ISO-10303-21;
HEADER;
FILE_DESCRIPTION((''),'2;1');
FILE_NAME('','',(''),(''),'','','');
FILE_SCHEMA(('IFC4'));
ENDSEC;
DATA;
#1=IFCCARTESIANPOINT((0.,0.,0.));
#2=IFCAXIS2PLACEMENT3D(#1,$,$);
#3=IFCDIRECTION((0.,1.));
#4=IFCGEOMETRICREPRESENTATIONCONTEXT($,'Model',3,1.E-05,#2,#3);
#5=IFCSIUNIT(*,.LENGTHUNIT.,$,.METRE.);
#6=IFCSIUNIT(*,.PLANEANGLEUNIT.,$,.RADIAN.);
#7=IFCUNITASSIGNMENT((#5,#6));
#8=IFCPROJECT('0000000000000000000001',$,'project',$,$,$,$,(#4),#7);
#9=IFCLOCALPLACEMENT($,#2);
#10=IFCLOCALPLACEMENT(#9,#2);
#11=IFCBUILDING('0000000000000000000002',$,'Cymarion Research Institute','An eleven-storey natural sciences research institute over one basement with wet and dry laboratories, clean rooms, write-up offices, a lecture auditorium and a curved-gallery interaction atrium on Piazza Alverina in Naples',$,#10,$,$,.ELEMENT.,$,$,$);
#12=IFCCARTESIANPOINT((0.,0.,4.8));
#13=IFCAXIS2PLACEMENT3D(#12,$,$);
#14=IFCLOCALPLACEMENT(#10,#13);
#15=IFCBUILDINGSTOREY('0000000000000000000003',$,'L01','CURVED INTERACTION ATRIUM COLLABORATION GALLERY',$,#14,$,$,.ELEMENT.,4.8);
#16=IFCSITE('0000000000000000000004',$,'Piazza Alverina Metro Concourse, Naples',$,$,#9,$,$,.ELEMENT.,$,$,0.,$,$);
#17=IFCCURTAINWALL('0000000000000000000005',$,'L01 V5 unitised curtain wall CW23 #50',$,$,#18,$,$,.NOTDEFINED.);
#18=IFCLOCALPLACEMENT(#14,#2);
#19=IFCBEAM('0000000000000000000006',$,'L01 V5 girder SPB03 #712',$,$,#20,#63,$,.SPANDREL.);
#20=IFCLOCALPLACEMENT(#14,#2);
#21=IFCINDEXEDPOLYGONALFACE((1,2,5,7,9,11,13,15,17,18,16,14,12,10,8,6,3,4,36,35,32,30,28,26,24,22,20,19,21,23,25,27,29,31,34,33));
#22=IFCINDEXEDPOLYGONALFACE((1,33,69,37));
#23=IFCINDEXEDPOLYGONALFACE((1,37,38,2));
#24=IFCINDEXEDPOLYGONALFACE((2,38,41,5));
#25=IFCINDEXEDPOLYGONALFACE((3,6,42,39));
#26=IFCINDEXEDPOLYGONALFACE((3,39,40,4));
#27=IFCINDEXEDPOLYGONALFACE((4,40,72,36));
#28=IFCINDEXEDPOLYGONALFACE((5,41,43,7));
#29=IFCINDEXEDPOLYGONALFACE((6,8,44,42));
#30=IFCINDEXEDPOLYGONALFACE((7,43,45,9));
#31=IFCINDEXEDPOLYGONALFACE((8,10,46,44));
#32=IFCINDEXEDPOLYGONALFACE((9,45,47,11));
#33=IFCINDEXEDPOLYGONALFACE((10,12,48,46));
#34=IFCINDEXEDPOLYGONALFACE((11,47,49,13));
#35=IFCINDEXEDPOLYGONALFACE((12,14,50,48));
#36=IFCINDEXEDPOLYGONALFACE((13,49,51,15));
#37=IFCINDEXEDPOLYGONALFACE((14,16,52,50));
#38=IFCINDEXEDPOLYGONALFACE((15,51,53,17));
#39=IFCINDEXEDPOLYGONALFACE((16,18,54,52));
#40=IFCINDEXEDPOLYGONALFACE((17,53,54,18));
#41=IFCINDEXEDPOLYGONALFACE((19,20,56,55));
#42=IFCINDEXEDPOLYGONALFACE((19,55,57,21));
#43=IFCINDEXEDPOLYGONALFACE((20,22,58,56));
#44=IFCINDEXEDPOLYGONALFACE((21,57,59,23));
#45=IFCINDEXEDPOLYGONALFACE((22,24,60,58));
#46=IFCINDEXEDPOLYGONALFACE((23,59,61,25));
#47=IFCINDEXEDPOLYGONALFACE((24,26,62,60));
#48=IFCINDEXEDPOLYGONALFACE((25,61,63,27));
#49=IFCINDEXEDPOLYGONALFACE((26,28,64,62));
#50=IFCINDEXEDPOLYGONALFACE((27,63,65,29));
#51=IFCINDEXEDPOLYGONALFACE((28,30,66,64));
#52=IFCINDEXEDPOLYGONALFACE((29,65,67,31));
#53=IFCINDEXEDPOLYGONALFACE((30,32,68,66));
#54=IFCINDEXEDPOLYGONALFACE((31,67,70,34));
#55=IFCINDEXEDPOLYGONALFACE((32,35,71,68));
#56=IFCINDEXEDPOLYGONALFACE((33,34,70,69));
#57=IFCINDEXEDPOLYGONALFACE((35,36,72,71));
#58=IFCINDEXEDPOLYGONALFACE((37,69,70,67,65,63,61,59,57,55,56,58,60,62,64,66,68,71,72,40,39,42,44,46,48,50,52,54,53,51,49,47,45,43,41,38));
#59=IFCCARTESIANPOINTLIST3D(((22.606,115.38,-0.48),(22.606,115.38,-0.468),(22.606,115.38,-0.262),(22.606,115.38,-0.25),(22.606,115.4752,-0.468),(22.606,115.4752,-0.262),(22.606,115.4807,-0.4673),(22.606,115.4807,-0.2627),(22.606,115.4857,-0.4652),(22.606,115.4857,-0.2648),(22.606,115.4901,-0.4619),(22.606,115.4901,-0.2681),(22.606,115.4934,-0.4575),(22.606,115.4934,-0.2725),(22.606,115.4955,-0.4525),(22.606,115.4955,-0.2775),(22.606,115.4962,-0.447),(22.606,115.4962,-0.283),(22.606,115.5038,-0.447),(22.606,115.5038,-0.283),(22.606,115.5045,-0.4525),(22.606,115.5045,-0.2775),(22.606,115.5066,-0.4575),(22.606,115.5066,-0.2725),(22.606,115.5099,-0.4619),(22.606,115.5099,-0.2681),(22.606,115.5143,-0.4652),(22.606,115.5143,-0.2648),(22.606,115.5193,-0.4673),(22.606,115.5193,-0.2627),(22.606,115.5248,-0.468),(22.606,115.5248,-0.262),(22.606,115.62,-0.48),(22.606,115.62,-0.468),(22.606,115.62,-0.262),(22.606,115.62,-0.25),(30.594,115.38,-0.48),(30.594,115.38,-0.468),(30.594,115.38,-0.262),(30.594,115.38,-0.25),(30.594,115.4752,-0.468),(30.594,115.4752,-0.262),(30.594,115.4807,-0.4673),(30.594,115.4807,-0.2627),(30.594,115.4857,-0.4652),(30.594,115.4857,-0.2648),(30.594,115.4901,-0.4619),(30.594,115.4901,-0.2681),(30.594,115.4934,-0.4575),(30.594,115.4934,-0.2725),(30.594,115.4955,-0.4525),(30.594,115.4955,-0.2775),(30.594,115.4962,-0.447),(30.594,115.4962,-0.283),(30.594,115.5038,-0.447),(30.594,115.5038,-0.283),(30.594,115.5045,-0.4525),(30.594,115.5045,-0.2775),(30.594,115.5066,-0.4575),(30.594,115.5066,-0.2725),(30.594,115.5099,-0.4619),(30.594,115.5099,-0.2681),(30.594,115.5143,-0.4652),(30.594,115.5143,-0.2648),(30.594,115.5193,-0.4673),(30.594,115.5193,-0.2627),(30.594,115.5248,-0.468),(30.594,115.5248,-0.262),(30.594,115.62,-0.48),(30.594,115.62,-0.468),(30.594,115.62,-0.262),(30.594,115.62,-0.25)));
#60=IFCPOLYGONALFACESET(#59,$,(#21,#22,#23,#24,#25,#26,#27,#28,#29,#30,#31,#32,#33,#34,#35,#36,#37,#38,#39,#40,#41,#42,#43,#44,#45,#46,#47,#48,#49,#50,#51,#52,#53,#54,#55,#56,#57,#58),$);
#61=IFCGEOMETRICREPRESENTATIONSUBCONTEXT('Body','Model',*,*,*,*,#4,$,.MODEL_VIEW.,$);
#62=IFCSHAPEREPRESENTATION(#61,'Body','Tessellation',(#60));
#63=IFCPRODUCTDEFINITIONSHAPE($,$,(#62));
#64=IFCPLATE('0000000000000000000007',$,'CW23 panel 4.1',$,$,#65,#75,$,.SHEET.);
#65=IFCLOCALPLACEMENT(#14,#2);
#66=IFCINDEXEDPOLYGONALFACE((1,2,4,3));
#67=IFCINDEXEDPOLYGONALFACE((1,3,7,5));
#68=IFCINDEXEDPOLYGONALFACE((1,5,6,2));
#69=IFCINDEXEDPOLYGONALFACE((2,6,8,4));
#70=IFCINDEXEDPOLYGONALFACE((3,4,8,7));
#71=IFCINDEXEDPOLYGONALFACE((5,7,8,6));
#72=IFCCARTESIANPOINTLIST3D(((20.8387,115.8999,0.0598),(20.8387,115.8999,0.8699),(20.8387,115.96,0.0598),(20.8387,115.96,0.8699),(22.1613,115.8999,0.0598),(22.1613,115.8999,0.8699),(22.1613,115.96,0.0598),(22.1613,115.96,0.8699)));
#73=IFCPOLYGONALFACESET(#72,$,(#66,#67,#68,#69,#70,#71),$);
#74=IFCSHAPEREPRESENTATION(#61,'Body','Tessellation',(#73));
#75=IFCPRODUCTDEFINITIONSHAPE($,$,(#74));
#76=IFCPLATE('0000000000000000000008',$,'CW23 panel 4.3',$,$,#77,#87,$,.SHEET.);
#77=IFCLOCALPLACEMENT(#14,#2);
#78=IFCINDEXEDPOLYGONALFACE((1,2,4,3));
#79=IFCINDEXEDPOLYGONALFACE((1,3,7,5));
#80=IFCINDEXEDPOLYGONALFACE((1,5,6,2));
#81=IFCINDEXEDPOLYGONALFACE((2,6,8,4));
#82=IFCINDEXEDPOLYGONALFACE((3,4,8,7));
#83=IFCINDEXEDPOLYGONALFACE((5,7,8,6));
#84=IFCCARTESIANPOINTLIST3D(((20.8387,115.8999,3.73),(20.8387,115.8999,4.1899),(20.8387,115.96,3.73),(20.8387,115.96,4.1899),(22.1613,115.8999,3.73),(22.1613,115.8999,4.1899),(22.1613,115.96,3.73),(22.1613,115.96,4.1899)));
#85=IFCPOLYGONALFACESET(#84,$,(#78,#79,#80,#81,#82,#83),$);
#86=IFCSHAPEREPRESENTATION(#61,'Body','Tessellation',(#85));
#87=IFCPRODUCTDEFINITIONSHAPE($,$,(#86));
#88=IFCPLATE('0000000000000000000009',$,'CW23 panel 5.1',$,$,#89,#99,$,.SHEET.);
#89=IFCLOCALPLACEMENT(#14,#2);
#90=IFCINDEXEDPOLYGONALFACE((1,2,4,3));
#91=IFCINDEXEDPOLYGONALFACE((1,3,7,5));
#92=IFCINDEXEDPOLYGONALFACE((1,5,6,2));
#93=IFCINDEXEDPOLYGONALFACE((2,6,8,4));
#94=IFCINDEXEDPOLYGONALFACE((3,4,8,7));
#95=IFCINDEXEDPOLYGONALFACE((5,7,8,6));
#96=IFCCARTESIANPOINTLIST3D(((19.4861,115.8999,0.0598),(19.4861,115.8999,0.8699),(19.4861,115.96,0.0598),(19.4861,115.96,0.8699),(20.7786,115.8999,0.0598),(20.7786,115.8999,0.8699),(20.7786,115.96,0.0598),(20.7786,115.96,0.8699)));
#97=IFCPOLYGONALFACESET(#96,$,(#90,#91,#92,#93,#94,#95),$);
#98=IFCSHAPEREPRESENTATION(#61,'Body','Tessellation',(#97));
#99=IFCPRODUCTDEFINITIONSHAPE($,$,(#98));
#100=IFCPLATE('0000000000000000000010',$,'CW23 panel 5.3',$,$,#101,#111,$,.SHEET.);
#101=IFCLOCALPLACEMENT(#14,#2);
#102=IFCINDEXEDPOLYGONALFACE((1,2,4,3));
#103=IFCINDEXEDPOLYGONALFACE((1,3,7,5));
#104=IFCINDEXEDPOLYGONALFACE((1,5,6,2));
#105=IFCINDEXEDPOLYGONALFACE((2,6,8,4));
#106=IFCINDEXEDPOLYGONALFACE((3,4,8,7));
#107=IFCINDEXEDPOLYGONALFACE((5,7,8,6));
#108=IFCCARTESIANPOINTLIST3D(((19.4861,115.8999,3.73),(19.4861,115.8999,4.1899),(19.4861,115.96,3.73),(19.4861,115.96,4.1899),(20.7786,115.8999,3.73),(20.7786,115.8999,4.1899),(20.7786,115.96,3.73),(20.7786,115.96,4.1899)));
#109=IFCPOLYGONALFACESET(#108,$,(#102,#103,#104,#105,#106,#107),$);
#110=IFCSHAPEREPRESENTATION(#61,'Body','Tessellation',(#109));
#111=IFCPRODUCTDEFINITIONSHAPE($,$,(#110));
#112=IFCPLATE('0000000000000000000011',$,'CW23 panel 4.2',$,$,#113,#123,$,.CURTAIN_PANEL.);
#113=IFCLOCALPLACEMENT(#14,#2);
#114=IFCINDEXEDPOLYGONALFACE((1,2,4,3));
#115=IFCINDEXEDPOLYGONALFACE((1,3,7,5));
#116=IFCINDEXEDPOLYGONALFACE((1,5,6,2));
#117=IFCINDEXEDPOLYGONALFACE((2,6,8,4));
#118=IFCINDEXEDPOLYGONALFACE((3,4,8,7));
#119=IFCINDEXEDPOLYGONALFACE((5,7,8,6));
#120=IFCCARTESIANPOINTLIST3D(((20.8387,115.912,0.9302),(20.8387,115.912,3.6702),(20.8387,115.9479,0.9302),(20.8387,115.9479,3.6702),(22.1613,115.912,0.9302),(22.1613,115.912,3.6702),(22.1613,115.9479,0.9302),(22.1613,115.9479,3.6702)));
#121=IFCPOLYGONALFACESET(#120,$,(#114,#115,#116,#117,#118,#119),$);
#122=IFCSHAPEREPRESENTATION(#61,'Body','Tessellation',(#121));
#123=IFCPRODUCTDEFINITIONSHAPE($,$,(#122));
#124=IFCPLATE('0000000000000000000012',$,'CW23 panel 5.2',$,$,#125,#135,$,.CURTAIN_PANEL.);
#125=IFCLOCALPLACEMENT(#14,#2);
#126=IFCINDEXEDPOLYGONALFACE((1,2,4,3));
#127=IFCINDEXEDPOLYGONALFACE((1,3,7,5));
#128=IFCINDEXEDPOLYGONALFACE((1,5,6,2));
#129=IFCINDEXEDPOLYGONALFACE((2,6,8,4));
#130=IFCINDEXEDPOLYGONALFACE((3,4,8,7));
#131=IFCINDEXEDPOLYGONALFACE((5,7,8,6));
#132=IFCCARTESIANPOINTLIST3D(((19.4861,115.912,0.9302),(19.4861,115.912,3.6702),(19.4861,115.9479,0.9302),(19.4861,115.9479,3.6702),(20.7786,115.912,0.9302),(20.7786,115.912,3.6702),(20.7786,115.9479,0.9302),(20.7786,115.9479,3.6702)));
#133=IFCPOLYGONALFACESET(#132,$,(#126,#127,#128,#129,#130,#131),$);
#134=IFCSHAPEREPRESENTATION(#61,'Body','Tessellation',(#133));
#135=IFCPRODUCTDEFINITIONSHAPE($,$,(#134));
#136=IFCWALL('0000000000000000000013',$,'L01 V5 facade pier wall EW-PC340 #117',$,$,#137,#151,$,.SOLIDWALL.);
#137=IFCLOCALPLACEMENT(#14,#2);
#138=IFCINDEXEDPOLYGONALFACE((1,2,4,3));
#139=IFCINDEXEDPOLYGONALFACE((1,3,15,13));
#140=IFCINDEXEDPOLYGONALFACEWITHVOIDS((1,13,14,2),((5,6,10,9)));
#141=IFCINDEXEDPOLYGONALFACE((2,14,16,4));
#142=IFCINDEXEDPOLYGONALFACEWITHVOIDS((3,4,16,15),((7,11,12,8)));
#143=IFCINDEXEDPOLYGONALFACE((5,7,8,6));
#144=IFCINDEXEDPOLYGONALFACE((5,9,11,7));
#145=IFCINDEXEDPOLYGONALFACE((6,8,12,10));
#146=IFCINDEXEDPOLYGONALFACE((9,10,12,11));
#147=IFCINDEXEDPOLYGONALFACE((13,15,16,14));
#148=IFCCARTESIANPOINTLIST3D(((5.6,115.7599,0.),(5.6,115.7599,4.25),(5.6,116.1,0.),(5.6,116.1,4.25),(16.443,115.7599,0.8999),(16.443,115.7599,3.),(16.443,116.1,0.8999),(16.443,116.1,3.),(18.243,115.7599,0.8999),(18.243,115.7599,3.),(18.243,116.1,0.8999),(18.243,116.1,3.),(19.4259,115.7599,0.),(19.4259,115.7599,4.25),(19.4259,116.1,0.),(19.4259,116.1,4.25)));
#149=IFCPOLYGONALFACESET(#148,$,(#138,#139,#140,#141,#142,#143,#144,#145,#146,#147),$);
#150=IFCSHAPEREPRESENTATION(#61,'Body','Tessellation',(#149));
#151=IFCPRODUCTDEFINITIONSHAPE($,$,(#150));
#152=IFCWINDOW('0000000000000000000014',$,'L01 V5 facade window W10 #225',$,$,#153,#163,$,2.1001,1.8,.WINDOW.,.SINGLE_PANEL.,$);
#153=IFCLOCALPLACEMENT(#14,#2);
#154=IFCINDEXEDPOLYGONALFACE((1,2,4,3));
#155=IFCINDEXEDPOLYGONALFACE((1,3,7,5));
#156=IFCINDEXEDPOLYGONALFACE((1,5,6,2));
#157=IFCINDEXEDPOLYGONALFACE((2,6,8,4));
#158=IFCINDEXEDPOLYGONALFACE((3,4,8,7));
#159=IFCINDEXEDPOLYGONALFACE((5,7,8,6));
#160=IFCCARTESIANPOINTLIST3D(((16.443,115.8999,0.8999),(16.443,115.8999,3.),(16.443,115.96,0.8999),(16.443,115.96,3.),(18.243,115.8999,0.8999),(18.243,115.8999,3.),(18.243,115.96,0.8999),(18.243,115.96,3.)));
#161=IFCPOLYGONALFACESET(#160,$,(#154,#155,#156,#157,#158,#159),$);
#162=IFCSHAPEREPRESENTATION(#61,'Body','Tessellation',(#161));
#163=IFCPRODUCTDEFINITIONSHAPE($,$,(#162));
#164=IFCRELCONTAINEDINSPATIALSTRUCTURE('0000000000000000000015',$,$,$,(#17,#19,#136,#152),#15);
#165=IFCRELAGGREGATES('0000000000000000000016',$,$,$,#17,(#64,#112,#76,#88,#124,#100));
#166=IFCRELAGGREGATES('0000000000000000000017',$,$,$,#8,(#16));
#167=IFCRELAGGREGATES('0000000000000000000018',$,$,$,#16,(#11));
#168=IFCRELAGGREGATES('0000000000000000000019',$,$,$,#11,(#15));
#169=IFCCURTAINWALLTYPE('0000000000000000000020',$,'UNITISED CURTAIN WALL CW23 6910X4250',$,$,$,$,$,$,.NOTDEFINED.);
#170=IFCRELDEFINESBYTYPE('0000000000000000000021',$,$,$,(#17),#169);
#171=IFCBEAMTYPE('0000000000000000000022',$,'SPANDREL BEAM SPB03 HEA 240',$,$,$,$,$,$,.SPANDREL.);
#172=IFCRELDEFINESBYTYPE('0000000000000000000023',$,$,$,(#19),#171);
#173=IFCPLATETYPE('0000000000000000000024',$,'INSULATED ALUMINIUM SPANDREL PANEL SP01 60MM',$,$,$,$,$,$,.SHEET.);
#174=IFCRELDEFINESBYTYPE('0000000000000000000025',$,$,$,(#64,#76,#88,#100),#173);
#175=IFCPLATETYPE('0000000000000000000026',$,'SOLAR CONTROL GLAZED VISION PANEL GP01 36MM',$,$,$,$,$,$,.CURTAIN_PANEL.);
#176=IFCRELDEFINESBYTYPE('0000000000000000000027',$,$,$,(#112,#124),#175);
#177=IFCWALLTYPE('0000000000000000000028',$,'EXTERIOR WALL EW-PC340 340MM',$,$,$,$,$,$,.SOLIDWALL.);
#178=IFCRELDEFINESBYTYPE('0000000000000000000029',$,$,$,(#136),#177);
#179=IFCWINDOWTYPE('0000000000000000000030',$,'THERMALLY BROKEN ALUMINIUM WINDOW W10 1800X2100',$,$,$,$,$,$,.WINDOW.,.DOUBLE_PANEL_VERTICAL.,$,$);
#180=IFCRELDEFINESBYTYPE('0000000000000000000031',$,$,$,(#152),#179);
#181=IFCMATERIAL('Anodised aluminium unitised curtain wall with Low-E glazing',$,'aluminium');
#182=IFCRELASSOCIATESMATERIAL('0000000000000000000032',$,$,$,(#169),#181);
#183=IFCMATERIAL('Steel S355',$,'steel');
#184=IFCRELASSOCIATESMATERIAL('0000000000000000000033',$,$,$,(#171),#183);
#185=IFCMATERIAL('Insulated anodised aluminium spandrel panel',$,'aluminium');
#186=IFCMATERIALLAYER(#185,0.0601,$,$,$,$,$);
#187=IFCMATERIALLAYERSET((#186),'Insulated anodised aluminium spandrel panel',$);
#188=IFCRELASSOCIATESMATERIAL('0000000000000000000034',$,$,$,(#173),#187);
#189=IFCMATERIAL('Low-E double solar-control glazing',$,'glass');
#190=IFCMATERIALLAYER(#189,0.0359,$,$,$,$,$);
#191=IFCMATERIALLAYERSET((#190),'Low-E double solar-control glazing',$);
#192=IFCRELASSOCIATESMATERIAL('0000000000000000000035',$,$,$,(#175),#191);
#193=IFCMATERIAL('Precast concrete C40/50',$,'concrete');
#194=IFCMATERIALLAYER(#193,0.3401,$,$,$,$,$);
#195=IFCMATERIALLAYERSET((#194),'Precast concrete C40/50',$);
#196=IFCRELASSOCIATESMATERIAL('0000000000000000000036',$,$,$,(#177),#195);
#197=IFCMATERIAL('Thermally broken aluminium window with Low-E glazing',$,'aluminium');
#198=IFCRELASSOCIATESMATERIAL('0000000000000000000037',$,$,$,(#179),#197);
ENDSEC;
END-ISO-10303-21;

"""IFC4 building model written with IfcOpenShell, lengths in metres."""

from ifc_helpers import new_model, si_unit, direction, frame, frame_2d, origin, origin_2d, place, context, subcontext, project, spatial, rectangle, i_section, extrude, material, layer, layer_set, material_profile, profile_set, type_object, element, fill, aggregate, save


model = new_model("IFC4")

# Units and contexts
model_context = context("Model", 3, precision=1e-05, world=origin(), true_north=direction((0.0, 1.0)))
body_context = subcontext(model_context, "Body", "Model", "MODEL_VIEW")
ifc_project = project(units=[si_unit("LENGTHUNIT", "METRE"), si_unit("PLANEANGLEUNIT", "RADIAN")], contexts=[model_context])

# Site, building, storey
site_placement = place(None, origin())
site = spatial("IfcSite", under=ifc_project, at=site_placement, Name="Piazza Alverina Metro Concourse, Naples", CompositionType="ELEMENT", RefElevation=0.0)
building_placement = place(site_placement, origin())
building = spatial("IfcBuilding", under=site, at=building_placement, Name="Cymarion Research Institute", Description="An eleven-storey natural sciences research institute over one basement with wet and dry laboratories, clean rooms, write-up offices, a lecture auditorium and a curved-gallery interaction atrium on Piazza Alverina in Naples", CompositionType="ELEMENT")
storey_placement = place(building_placement, frame((0.0, 0.0, 4.8)))
storey = spatial("IfcBuildingStorey", under=building, at=storey_placement, Name="L01", Description="CURVED INTERACTION ATRIUM COLLABORATION GALLERY", CompositionType="ELEMENT", Elevation=4.8)

# Shared definitions
ifc_material_1 = material(Name="Steel S355", Category="steel")

# Curtain wall
ifc_material_2 = material(Name="Anodised aluminium unitised curtain wall with Low-E glazing", Category="aluminium")
curtain_wall_type = type_object("IfcCurtainWallType", Name="UNITISED CURTAIN WALL CW23 6910X4250", PredefinedType="NOTDEFINED", material=ifc_material_2)
curtain_wall_placement = place(storey_placement, origin())
curtain_wall = element("IfcCurtainWall", 1, at=curtain_wall_placement, inside=storey, type_object=curtain_wall_type, Name="L01 V5 unitised curtain wall CW23 #50", PredefinedType="NOTDEFINED")

# Beam
ifc_material_profile_1 = material_profile(ifc_material_1, i_section(OverallWidth=0.24, OverallDepth=0.23, WebThickness=0.0076, FlangeThickness=0.012, FilletRadius=0.021, at=origin_2d()), Name="HEA 240")
ifc_profile_set_1 = profile_set([ifc_material_profile_1], Name="Steel S355")
beam_type_1 = type_object("IfcBeamType", Name="SPANDREL BEAM SPB03 HEA 240", PredefinedType="SPANDREL", material=ifc_profile_set_1)
for number, where, z_axis, x_axis, name in (
    (2, (22.606, 115.5, -0.365), (1.0, 0.0, 0.0), (0.0, 1.0, 0.0), "L01 V5 girder SPB03 #712"),
):
    element("IfcBeam", number, at=place(storey_placement, frame(where, z_axis=z_axis, x_axis=x_axis)), inside=storey, type_object=beam_type_1, Name=name, PredefinedType="SPANDREL", context=body_context, shape_type="SweptSolid", body=[
        extrude(i_section(OverallWidth=0.24, OverallDepth=0.23, WebThickness=0.0076, FlangeThickness=0.012, FilletRadius=0.021, at=origin_2d()), origin(), (0.0, 0.0, 1.0), 7.988),
    ])

# Plates
ifc_material_3 = material(Name="Insulated anodised aluminium spandrel panel", Category="aluminium")
ifc_layer_1 = layer(ifc_material_3, 0.0601)
ifc_layer_set_1 = layer_set([ifc_layer_1], Name="Insulated anodised aluminium spandrel panel")
plate_type_1 = type_object("IfcPlateType", Name="INSULATED ALUMINIUM SPANDREL PANEL SP01 60MM", PredefinedType="SHEET", material=ifc_layer_set_1)
plate_1_placement = place(storey_placement, frame((21.5, 115.9299, 0.0598), z_axis=(0.0, 0.0, 1.0), x_axis=(-1.0, 0.0, 0.0)))
plate_1 = element("IfcPlate", 3, at=plate_1_placement, type_object=plate_type_1, Name="CW23 panel 4.1", PredefinedType="SHEET", context=body_context, shape_type="SweptSolid", body=[
    extrude(rectangle(XDim=1.3225, YDim=0.0601, at=origin_2d()), origin(), (0.0, 0.0, 1.0), 0.8101),
])
plate_2_placement = place(storey_placement, frame((21.5, 115.9299, 3.73), z_axis=(0.0, 0.0, 1.0), x_axis=(-1.0, 0.0, 0.0)))
plate_2 = element("IfcPlate", 4, at=plate_2_placement, type_object=plate_type_1, Name="CW23 panel 4.3", PredefinedType="SHEET", context=body_context, shape_type="SweptSolid", body=[
    extrude(rectangle(XDim=1.3225, YDim=0.0601, at=origin_2d()), origin(), (0.0, 0.0, 1.0), 0.46),
])
plate_3_placement = place(storey_placement, frame((20.1323, 115.9299, 0.0598), z_axis=(0.0, 0.0, 1.0), x_axis=(-1.0, 0.0, 0.0)))
plate_3 = element("IfcPlate", 5, at=plate_3_placement, type_object=plate_type_1, Name="CW23 panel 5.1", PredefinedType="SHEET", context=body_context, shape_type="SweptSolid", body=[
    extrude(rectangle(XDim=1.2925, YDim=0.0601, at=origin_2d()), origin(), (0.0, 0.0, 1.0), 0.8101),
])
plate_4_placement = place(storey_placement, frame((20.1323, 115.9299, 3.73), z_axis=(0.0, 0.0, 1.0), x_axis=(-1.0, 0.0, 0.0)))
plate_4 = element("IfcPlate", 6, at=plate_4_placement, type_object=plate_type_1, Name="CW23 panel 5.3", PredefinedType="SHEET", context=body_context, shape_type="SweptSolid", body=[
    extrude(rectangle(XDim=1.2925, YDim=0.0601, at=origin_2d()), origin(), (0.0, 0.0, 1.0), 0.46),
])
ifc_material_4 = material(Name="Low-E double solar-control glazing", Category="glass")
ifc_layer_2 = layer(ifc_material_4, 0.0359)
ifc_layer_set_2 = layer_set([ifc_layer_2], Name="Low-E double solar-control glazing")
plate_type_2 = type_object("IfcPlateType", Name="SOLAR CONTROL GLAZED VISION PANEL GP01 36MM", PredefinedType="CURTAIN_PANEL", material=ifc_layer_set_2)
plate_5_placement = place(storey_placement, frame((21.5, 115.9299, 0.9302), z_axis=(0.0, 0.0, 1.0), x_axis=(-1.0, 0.0, 0.0)))
plate_5 = element("IfcPlate", 7, at=plate_5_placement, type_object=plate_type_2, Name="CW23 panel 4.2", PredefinedType="CURTAIN_PANEL", context=body_context, shape_type="SweptSolid", body=[
    extrude(rectangle(XDim=1.3225, YDim=0.0359, at=origin_2d()), origin(), (0.0, 0.0, 1.0), 2.74),
])
plate_6_placement = place(storey_placement, frame((20.1323, 115.9299, 0.9302), z_axis=(0.0, 0.0, 1.0), x_axis=(-1.0, 0.0, 0.0)))
plate_6 = element("IfcPlate", 8, at=plate_6_placement, type_object=plate_type_2, Name="CW23 panel 5.2", PredefinedType="CURTAIN_PANEL", context=body_context, shape_type="SweptSolid", body=[
    extrude(rectangle(XDim=1.2925, YDim=0.0359, at=origin_2d()), origin(), (0.0, 0.0, 1.0), 2.74),
])
aggregate(curtain_wall, [plate_1, plate_5, plate_2, plate_3, plate_6, plate_4])

# Wall, opening, window
ifc_material_5 = material(Name="Precast concrete C40/50", Category="concrete")
ifc_layer_3 = layer(ifc_material_5, 0.3401)
ifc_layer_set_3 = layer_set([ifc_layer_3], Name="Precast concrete C40/50")
wall_type = type_object("IfcWallType", Name="EXTERIOR WALL EW-PC340 340MM", PredefinedType="SOLIDWALL", material=ifc_layer_set_3)
wall_placement = place(storey_placement, frame((19.426, 115.9299, 0.0), z_axis=(0.0, 0.0, 1.0), x_axis=(-1.0, 0.0, 0.0)))
wall = element("IfcWall", 9, at=wall_placement, inside=storey, type_object=wall_type, Name="L01 V5 facade pier wall EW-PC340 #117", PredefinedType="SOLIDWALL", context=body_context, shape_type="SweptSolid", body=[
    extrude(rectangle(XDim=13.8259, YDim=0.3401, at=frame_2d((6.9131, 0.0))), origin(), (0.0, 0.0, 1.0), 4.25),
])
opening_placement = place(wall_placement, frame((1.1831, 0.0, 0.8999)))
opening = element("IfcOpeningElement", 10, at=opening_placement, cuts=wall, PredefinedType="OPENING", context=body_context, shape_type="SweptSolid", body=[
    extrude(rectangle(XDim=1.8, YDim=2.1001, at=frame_2d((0.8999, 1.05))), frame((0.0, 0.1799, 0.0), z_axis=(0.0, -1.0, 0.0), x_axis=(1.0, 0.0, 0.0)), (0.0, 0.0, 1.0), 0.3601),
])
ifc_material_6 = material(Name="Thermally broken aluminium window with Low-E glazing", Category="aluminium")
window_type = type_object("IfcWindowType", Name="THERMALLY BROKEN ALUMINIUM WINDOW W10 1800X2100", PartitioningType="DOUBLE_PANEL_VERTICAL", PredefinedType="WINDOW", material=ifc_material_6)
window_placement = place(opening_placement, origin())
window = element("IfcWindow", 11, at=window_placement, inside=storey, type_object=window_type, Name="L01 V5 facade window W10 #225", OverallHeight=2.1001, OverallWidth=1.8, PartitioningType="SINGLE_PANEL", PredefinedType="WINDOW", context=body_context, shape_type="SweptSolid", body=[
    extrude(rectangle(XDim=1.8, YDim=2.1001, at=frame_2d((0.8999, 1.05))), frame((0.0, 0.03, 0.0), z_axis=(0.0, -1.0, 0.0), x_axis=(1.0, 0.0, 0.0)), (0.0, 0.0, 1.0), 0.0601),
])
fill(opening, window)

save(model, "model.ifc")
